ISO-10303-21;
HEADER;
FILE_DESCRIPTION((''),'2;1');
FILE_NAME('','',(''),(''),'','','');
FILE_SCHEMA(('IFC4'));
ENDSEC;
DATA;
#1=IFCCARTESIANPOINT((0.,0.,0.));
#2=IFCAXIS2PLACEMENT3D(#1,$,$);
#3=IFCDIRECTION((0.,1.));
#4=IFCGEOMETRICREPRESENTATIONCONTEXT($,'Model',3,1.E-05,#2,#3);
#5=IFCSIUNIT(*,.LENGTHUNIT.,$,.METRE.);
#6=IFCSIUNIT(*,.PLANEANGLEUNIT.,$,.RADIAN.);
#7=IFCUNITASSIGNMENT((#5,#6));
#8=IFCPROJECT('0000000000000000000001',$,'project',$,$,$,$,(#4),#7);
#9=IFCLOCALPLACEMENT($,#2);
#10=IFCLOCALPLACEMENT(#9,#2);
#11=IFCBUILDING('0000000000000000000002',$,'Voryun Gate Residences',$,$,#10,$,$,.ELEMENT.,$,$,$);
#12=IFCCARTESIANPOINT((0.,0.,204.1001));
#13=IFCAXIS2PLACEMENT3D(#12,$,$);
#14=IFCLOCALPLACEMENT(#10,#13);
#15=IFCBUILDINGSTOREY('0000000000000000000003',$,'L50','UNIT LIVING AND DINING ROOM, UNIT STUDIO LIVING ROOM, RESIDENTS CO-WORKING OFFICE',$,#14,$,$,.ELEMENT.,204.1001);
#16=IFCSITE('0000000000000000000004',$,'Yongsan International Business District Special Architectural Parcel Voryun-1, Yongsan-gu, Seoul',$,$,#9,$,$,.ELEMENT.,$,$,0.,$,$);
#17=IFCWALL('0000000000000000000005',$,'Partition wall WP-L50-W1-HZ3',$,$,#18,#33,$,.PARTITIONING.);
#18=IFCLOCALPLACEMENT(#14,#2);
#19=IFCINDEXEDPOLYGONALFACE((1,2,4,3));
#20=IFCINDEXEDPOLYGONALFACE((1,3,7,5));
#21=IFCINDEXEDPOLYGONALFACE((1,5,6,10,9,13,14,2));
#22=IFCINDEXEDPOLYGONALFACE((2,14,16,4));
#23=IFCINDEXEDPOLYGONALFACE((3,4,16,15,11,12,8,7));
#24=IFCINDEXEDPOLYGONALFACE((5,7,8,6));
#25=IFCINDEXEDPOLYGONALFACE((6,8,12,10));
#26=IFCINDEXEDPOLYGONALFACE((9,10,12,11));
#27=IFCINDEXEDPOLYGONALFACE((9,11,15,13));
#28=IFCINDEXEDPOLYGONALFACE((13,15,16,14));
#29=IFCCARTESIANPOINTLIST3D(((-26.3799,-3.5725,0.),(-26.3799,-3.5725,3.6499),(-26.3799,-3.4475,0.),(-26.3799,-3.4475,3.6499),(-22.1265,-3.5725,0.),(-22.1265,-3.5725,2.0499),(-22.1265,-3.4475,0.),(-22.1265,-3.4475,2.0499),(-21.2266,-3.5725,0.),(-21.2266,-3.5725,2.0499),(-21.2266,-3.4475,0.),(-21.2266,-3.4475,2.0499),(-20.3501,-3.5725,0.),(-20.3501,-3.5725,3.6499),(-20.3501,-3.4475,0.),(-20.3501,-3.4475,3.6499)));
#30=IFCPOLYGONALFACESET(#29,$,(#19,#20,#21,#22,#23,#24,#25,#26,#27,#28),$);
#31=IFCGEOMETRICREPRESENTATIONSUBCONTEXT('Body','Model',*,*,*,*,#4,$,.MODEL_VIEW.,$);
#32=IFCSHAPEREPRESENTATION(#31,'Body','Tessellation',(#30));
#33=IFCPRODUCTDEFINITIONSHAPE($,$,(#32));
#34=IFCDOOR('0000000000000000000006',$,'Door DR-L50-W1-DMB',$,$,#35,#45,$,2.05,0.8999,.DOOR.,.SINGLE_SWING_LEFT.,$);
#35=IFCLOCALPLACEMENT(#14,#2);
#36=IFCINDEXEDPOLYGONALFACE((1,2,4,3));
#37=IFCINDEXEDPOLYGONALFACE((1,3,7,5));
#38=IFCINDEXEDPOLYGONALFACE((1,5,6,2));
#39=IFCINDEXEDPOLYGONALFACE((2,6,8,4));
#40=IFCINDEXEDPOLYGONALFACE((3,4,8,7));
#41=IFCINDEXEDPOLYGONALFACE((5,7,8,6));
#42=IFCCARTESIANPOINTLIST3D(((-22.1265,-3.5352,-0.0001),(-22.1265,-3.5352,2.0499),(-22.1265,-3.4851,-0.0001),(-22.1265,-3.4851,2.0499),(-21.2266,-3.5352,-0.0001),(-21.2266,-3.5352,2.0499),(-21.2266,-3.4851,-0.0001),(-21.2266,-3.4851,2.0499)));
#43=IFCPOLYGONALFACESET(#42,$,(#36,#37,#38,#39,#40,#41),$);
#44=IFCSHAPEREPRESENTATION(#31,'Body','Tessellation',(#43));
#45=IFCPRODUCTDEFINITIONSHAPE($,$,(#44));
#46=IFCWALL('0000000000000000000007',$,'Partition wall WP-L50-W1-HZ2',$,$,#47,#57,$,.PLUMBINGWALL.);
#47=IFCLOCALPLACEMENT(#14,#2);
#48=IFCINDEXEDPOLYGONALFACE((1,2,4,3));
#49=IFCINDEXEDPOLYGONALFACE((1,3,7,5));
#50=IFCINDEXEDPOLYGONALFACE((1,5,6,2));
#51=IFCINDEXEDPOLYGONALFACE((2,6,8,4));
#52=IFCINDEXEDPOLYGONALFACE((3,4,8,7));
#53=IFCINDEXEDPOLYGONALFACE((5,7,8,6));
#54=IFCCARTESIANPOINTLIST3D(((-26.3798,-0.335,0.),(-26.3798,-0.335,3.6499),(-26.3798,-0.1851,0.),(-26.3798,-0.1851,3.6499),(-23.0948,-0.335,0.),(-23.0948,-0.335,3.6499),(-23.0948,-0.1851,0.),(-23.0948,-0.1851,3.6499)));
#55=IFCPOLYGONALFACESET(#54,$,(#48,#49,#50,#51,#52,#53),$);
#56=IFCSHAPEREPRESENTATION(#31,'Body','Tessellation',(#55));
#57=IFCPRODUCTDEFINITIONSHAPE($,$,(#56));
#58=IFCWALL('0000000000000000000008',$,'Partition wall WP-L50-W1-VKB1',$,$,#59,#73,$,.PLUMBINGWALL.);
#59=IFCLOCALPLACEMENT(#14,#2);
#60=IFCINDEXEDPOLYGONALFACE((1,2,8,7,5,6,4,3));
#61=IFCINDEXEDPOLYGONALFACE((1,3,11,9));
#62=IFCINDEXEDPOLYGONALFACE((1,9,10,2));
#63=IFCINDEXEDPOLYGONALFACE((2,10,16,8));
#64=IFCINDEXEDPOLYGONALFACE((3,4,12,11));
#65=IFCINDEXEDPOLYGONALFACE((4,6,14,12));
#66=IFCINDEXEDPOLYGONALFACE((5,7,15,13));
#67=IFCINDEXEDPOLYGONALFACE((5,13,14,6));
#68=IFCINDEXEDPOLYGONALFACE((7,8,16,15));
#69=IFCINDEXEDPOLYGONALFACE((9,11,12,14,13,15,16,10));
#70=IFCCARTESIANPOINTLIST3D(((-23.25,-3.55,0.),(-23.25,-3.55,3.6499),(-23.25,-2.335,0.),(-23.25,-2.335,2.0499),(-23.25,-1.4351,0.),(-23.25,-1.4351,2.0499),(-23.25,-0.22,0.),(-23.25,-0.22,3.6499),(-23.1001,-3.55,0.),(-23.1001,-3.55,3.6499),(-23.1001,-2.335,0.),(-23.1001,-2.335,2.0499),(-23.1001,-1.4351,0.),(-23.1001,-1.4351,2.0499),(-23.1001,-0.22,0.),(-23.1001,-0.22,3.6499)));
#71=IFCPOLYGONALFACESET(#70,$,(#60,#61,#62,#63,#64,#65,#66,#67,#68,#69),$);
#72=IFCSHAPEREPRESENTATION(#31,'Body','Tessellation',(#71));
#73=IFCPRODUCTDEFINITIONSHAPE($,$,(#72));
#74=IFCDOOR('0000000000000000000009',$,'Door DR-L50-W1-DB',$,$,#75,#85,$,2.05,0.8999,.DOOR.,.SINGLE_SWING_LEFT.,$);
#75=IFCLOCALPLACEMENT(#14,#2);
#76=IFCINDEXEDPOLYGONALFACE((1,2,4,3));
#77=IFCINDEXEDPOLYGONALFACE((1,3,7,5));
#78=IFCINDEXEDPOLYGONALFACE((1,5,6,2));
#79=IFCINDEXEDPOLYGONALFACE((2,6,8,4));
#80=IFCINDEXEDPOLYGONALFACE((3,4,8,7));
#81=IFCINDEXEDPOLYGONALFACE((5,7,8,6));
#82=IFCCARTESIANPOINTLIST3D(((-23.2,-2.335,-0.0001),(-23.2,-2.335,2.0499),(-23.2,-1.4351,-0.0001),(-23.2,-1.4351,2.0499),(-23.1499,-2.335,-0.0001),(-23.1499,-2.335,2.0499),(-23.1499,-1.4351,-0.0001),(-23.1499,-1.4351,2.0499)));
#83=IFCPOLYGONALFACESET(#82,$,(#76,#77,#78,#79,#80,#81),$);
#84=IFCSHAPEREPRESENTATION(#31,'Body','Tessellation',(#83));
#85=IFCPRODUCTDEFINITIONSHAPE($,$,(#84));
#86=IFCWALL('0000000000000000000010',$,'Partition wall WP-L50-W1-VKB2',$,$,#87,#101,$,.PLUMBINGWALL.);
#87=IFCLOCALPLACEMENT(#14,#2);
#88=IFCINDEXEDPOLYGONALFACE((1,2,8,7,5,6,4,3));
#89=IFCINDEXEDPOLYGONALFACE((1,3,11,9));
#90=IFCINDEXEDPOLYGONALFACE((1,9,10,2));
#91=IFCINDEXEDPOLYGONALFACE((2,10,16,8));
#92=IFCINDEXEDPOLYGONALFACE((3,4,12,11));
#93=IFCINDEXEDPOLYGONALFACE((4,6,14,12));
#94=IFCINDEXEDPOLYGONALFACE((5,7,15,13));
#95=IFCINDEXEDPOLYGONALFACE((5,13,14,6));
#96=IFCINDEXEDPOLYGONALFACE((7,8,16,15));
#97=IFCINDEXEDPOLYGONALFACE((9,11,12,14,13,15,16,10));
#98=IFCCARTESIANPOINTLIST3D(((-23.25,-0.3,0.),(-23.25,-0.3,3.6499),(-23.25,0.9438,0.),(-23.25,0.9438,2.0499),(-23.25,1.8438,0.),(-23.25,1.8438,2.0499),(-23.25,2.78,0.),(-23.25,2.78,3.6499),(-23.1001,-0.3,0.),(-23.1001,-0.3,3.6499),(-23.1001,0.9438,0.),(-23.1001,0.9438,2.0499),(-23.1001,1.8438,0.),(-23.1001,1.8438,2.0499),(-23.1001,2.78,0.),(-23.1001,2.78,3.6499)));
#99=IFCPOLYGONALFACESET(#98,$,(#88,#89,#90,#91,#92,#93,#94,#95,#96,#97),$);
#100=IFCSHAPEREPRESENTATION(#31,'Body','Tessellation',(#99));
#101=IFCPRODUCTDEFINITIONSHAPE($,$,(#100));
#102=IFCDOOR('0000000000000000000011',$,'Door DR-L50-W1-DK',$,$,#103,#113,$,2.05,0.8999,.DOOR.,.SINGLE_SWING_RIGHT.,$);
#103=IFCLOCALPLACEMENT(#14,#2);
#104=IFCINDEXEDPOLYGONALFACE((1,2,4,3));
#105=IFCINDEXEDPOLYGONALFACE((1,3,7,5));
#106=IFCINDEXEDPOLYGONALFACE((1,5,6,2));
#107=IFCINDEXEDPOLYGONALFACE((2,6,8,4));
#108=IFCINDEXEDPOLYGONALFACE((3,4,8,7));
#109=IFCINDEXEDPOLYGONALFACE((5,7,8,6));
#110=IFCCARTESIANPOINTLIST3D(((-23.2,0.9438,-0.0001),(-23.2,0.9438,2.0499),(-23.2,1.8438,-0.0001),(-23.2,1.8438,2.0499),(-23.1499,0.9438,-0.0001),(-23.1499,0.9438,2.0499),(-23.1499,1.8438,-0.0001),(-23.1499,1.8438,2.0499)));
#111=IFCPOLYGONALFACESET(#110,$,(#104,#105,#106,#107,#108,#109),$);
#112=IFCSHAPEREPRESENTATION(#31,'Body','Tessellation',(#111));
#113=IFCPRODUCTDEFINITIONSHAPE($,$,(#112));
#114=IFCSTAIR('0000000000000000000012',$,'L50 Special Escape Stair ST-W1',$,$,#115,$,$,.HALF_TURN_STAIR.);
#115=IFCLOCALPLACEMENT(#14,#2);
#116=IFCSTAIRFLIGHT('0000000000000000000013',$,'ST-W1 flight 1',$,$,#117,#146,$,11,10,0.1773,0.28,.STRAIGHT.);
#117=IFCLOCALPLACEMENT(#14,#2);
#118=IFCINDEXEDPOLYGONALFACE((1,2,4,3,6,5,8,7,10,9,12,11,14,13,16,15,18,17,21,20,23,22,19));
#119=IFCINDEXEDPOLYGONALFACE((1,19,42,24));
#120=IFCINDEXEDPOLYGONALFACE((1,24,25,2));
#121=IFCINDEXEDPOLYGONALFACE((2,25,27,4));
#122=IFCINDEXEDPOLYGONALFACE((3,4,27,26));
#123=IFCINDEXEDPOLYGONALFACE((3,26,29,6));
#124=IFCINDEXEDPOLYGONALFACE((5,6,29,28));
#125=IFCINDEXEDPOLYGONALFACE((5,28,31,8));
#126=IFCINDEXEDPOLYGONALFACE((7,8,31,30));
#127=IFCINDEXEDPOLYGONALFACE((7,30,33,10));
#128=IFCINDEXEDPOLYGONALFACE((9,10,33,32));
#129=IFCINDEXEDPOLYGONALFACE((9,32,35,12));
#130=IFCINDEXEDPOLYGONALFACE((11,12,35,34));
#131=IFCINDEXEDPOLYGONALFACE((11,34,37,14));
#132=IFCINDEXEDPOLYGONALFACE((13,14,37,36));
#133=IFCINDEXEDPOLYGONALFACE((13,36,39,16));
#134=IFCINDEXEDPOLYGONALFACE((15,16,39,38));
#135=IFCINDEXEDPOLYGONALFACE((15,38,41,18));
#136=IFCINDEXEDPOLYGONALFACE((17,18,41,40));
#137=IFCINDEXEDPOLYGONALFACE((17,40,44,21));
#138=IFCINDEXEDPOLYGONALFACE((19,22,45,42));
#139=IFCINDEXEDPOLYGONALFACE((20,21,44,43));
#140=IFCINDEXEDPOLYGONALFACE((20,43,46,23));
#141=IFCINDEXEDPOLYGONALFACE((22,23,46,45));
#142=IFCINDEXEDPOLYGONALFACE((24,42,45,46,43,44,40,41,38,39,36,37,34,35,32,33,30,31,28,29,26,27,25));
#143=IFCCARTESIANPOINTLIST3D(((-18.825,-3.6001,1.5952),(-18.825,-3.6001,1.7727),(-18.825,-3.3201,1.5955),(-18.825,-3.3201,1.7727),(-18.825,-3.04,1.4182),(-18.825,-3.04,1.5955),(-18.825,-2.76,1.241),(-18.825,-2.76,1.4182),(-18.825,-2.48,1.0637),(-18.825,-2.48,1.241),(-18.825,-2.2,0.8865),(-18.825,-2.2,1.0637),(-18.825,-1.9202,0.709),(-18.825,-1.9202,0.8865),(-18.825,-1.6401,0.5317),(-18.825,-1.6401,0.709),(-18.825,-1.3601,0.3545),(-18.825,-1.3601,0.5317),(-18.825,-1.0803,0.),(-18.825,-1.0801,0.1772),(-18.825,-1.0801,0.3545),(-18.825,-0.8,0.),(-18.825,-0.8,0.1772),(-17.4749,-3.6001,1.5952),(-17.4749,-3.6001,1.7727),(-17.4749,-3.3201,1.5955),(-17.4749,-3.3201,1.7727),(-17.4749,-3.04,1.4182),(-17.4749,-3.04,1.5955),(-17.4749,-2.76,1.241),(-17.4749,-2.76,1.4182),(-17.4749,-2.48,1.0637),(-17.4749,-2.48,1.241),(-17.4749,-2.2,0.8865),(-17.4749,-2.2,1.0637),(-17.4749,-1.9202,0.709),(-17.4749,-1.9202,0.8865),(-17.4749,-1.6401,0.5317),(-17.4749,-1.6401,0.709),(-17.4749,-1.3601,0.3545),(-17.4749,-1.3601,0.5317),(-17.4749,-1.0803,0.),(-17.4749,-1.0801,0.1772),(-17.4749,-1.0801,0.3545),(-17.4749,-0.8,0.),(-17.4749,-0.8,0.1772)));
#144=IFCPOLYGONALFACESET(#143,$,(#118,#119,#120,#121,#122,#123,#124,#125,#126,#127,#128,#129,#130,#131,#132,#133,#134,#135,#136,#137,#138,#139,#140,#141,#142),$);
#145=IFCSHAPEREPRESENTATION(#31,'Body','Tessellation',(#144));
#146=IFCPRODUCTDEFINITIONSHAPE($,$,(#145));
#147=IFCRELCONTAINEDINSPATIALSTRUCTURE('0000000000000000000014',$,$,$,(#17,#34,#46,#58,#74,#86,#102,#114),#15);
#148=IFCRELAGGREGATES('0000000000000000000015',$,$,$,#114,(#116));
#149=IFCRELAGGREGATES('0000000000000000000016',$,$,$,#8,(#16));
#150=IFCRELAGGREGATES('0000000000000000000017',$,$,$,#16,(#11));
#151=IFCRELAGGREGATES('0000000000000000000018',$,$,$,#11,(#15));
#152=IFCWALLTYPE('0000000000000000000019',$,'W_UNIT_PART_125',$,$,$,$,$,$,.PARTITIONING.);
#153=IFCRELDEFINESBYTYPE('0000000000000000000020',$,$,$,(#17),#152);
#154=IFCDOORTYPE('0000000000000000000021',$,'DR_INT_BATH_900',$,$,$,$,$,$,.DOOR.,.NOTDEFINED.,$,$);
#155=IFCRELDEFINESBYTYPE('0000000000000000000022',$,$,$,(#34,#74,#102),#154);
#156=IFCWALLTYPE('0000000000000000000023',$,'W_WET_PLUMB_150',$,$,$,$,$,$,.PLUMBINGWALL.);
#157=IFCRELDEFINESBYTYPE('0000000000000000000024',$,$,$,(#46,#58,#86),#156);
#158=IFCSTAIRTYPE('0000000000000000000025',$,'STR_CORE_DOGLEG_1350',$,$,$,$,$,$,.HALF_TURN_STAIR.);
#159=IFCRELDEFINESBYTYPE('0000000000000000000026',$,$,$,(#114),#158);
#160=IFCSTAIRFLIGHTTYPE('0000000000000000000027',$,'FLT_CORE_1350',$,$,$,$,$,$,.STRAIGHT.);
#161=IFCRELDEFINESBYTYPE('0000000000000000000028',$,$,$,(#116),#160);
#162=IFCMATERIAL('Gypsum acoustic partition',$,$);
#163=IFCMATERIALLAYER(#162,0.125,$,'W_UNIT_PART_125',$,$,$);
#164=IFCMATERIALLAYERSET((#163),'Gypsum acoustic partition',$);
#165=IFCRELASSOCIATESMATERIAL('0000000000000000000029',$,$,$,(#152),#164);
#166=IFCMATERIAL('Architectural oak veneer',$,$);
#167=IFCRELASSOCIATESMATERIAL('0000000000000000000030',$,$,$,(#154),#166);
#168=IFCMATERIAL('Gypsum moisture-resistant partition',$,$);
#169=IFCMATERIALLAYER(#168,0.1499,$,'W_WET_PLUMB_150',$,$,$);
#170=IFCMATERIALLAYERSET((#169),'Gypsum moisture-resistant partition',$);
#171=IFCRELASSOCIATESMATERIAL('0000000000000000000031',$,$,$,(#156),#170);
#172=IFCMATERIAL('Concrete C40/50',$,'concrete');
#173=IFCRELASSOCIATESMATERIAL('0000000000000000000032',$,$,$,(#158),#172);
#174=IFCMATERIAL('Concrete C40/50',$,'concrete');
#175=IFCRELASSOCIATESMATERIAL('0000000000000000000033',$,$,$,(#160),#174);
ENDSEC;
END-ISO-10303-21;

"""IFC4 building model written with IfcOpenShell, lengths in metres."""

from ifc_helpers import new_model, si_unit, direction, frame, frame_2d, origin, place, context, subcontext, project, spatial, polyline, rectangle, outline, extrude, material, layer, layer_set, type_object, element, fill, aggregate, save


model = new_model("IFC4")

# Units and contexts
model_context = context("Model", 3, precision=1e-05, world=origin(), true_north=direction((0.0, 1.0)))
body_context = subcontext(model_context, "Body", "Model", "MODEL_VIEW")
ifc_project = project(units=[si_unit("LENGTHUNIT", "METRE"), si_unit("PLANEANGLEUNIT", "RADIAN")], contexts=[model_context])

# Site, building, storey
site_placement = place(None, origin())
site = spatial("IfcSite", under=ifc_project, at=site_placement, Name="Yongsan International Business District Special Architectural Parcel Voryun-1, Yongsan-gu, Seoul", CompositionType="ELEMENT", RefElevation=0.0)
building_placement = place(site_placement, origin())
building = spatial("IfcBuilding", under=site, at=building_placement, Name="Voryun Gate Residences", CompositionType="ELEMENT")
storey_placement = place(building_placement, frame((0.0, 0.0, 204.1001)))
storey = spatial("IfcBuildingStorey", under=building, at=storey_placement, Name="L50", Description="UNIT LIVING AND DINING ROOM, UNIT STUDIO LIVING ROOM, RESIDENTS CO-WORKING OFFICE", CompositionType="ELEMENT", Elevation=204.1001)

# Shared definitions
ifc_material_1 = material(Name="Gypsum acoustic partition")
ifc_layer_1 = layer(ifc_material_1, 0.125, Name="W_UNIT_PART_125")
ifc_layer_set_1 = layer_set([ifc_layer_1], Name="Gypsum acoustic partition")
wall_type_1 = type_object("IfcWallType", Name="W_UNIT_PART_125", PredefinedType="PARTITIONING", material=ifc_layer_set_1)

# Wall, opening, door
wall_1_placement = place(storey_placement, frame((-26.3799, -3.51, 0.0), z_axis=(0.0, 0.0, 1.0), x_axis=(1.0, 0.0, 0.0)))
wall_1 = element("IfcWall", 1, at=wall_1_placement, inside=storey, type_object=wall_type_1, Name="Partition wall WP-L50-W1-HZ3", PredefinedType="PARTITIONING", context=body_context, shape_type="SweptSolid", body=[
    extrude(rectangle(XDim=6.0298, YDim=0.125, at=frame_2d((3.0149, 0.0))), origin(), (0.0, 0.0, 1.0), 3.6499),
])
opening_1_placement = place(wall_1_placement, frame((4.2534, 0.0, 0.0)))
opening_1 = element("IfcOpeningElement", 2, at=opening_1_placement, cuts=wall_1, PredefinedType="OPENING", context=body_context, shape_type="SweptSolid", body=[
    extrude(rectangle(XDim=0.8999, YDim=2.05, at=frame_2d((0.45, 1.0249))), frame((0.0, 0.0725, 0.0), z_axis=(0.0, -1.0, 0.0), x_axis=(1.0, 0.0, 0.0)), (0.0, 0.0, 1.0), 0.145),
])
ifc_material_2 = material(Name="Architectural oak veneer")
door_type_1 = type_object("IfcDoorType", Name="DR_INT_BATH_900", OperationType="NOTDEFINED", PredefinedType="DOOR", material=ifc_material_2)
door_1_placement = place(opening_1_placement, origin())
door_1 = element("IfcDoor", 3, at=door_1_placement, inside=storey, type_object=door_type_1, Name="Door DR-L50-W1-DMB", OperationType="SINGLE_SWING_LEFT", OverallHeight=2.05, OverallWidth=0.8999, PredefinedType="DOOR", context=body_context, shape_type="SweptSolid", body=[
    extrude(rectangle(XDim=0.8999, YDim=2.05, at=frame_2d((0.45, 1.0249))), frame((0.0, 0.0249, 0.0), z_axis=(0.0, -1.0, 0.0), x_axis=(1.0, 0.0, 0.0)), (0.0, 0.0, 1.0), 0.05),
])
fill(opening_1, door_1)

# Wall
ifc_material_3 = material(Name="Gypsum moisture-resistant partition")
ifc_layer_2 = layer(ifc_material_3, 0.1499, Name="W_WET_PLUMB_150")
ifc_layer_set_2 = layer_set([ifc_layer_2], Name="Gypsum moisture-resistant partition")
wall_type_2 = type_object("IfcWallType", Name="W_WET_PLUMB_150", PredefinedType="PLUMBINGWALL", material=ifc_layer_set_2)
wall_2_placement = place(storey_placement, frame((-26.3799, -0.26, 0.0), z_axis=(0.0, 0.0, 1.0), x_axis=(1.0, 0.0, 0.0)))
element("IfcWall", 4, at=wall_2_placement, inside=storey, type_object=wall_type_2, Name="Partition wall WP-L50-W1-HZ2", PredefinedType="PLUMBINGWALL", context=body_context, shape_type="SweptSolid", body=[
    extrude(rectangle(XDim=3.2849, YDim=0.1499, at=frame_2d((1.6426, 0.0))), origin(), (0.0, 0.0, 1.0), 3.6499),
])

# Walls, openings, doors
wall_3_placement = place(storey_placement, frame((-23.175, -3.55, 0.0), z_axis=(0.0, 0.0, 1.0), x_axis=(0.0, 1.0, 0.0)))
wall_3 = element("IfcWall", 5, at=wall_3_placement, inside=storey, type_object=wall_type_2, Name="Partition wall WP-L50-W1-VKB1", PredefinedType="PLUMBINGWALL", context=body_context, shape_type="SweptSolid", body=[
    extrude(rectangle(XDim=3.3301, YDim=0.1499, at=frame_2d((1.665, 0.0))), origin(), (0.0, 0.0, 1.0), 3.6499),
])
opening_2_placement = place(wall_3_placement, frame((1.2151, 0.0, 0.0)))
opening_2 = element("IfcOpeningElement", 6, at=opening_2_placement, cuts=wall_3, PredefinedType="OPENING", context=body_context, shape_type="SweptSolid", body=[
    extrude(rectangle(XDim=0.8999, YDim=2.05, at=frame_2d((0.45, 1.0249))), frame((0.0, 0.085, 0.0), z_axis=(0.0, -1.0, 0.0), x_axis=(1.0, 0.0, 0.0)), (0.0, 0.0, 1.0), 0.1699),
])
door_2_placement = place(opening_2_placement, origin())
door_2 = element("IfcDoor", 7, at=door_2_placement, inside=storey, type_object=door_type_1, Name="Door DR-L50-W1-DB", OperationType="SINGLE_SWING_LEFT", OverallHeight=2.05, OverallWidth=0.8999, PredefinedType="DOOR", context=body_context, shape_type="SweptSolid", body=[
    extrude(rectangle(XDim=0.8999, YDim=2.05, at=frame_2d((0.45, 1.0249))), frame((0.0, 0.0249, 0.0), z_axis=(0.0, -1.0, 0.0), x_axis=(1.0, 0.0, 0.0)), (0.0, 0.0, 1.0), 0.05),
])
fill(opening_2, door_2)
wall_4_placement = place(storey_placement, frame((-23.175, -0.3, 0.0), z_axis=(0.0, 0.0, 1.0), x_axis=(0.0, 1.0, 0.0)))
wall_4 = element("IfcWall", 8, at=wall_4_placement, inside=storey, type_object=wall_type_2, Name="Partition wall WP-L50-W1-VKB2", PredefinedType="PLUMBINGWALL", context=body_context, shape_type="SweptSolid", body=[
    extrude(rectangle(XDim=3.0801, YDim=0.1499, at=frame_2d((1.54, 0.0))), origin(), (0.0, 0.0, 1.0), 3.6499),
])
opening_3_placement = place(wall_4_placement, frame((1.2439, 0.0, 0.0)))
opening_3 = element("IfcOpeningElement", 9, at=opening_3_placement, cuts=wall_4, PredefinedType="OPENING", context=body_context, shape_type="SweptSolid", body=[
    extrude(rectangle(XDim=0.8999, YDim=2.05, at=frame_2d((0.45, 1.0249))), frame((0.0, 0.085, 0.0), z_axis=(0.0, -1.0, 0.0), x_axis=(1.0, 0.0, 0.0)), (0.0, 0.0, 1.0), 0.1699),
])
door_3_placement = place(opening_3_placement, origin())
door_3 = element("IfcDoor", 10, at=door_3_placement, inside=storey, type_object=door_type_1, Name="Door DR-L50-W1-DK", OperationType="SINGLE_SWING_RIGHT", OverallHeight=2.05, OverallWidth=0.8999, PredefinedType="DOOR", context=body_context, shape_type="SweptSolid", body=[
    extrude(rectangle(XDim=0.8999, YDim=2.05, at=frame_2d((0.45, 1.0249))), frame((0.0, 0.0249, 0.0), z_axis=(0.0, -1.0, 0.0), x_axis=(1.0, 0.0, 0.0)), (0.0, 0.0, 1.0), 0.05),
])
fill(opening_3, door_3)

# Stair, stair flight
ifc_material_4 = material(Name="Concrete C40/50", Category="concrete")
stair_type = type_object("IfcStairType", Name="STR_CORE_DOGLEG_1350", PredefinedType="HALF_TURN_STAIR", material=ifc_material_4)
stair_placement = place(storey_placement, origin())
stair = element("IfcStair", 11, at=stair_placement, inside=storey, type_object=stair_type, Name="L50 Special Escape Stair ST-W1", PredefinedType="HALF_TURN_STAIR")
ifc_material_5 = material(Name="Concrete C40/50", Category="concrete")
stair_flight_type = type_object("IfcStairFlightType", Name="FLT_CORE_1350", PredefinedType="STRAIGHT", material=ifc_material_5)
stair_flight_1_placement = place(storey_placement, frame((-18.1499, -0.8, 0.0), z_axis=(0.0, 0.0, 1.0), x_axis=(0.0, -1.0, 0.0)))
stair_flight_1 = element("IfcStairFlight", 12, at=stair_flight_1_placement, type_object=stair_flight_type, Name="ST-W1 flight 1", NumberOfRisers=11, NumberOfTreads=10, PredefinedType="STRAIGHT", RiserHeight=0.1773, TreadLength=0.28, context=body_context, shape_type="SweptSolid", body=[
    extrude(outline(polyline([(0.0, 0.0), (0.0, 0.1772), (0.28, 0.1772), (0.28, 0.3545), (0.5601, 0.3545), (0.5601, 0.5317), (0.8401, 0.5317), (0.8401, 0.709), (1.1201, 0.709), (1.1201, 0.8865), (1.3999, 0.8865), (1.3999, 1.0637), (1.6799, 1.0637), (1.6799, 1.241), (1.96, 1.241), (1.96, 1.4182), (2.24, 1.4182), (2.24, 1.5955), (2.52, 1.5955), (2.52, 1.7727), (2.8, 1.7727), (2.8, 1.95), (2.8, 1.5952), (0.2803, 0.0), (0.0, 0.0)])), frame((0.0, 0.675, 0.0), z_axis=(0.0, -1.0, 0.0), x_axis=(1.0, 0.0, 0.0)), (0.0, 0.0, 1.0), 1.3501),
])
aggregate(stair, [stair_flight_1])

save(model, "model.ifc")
